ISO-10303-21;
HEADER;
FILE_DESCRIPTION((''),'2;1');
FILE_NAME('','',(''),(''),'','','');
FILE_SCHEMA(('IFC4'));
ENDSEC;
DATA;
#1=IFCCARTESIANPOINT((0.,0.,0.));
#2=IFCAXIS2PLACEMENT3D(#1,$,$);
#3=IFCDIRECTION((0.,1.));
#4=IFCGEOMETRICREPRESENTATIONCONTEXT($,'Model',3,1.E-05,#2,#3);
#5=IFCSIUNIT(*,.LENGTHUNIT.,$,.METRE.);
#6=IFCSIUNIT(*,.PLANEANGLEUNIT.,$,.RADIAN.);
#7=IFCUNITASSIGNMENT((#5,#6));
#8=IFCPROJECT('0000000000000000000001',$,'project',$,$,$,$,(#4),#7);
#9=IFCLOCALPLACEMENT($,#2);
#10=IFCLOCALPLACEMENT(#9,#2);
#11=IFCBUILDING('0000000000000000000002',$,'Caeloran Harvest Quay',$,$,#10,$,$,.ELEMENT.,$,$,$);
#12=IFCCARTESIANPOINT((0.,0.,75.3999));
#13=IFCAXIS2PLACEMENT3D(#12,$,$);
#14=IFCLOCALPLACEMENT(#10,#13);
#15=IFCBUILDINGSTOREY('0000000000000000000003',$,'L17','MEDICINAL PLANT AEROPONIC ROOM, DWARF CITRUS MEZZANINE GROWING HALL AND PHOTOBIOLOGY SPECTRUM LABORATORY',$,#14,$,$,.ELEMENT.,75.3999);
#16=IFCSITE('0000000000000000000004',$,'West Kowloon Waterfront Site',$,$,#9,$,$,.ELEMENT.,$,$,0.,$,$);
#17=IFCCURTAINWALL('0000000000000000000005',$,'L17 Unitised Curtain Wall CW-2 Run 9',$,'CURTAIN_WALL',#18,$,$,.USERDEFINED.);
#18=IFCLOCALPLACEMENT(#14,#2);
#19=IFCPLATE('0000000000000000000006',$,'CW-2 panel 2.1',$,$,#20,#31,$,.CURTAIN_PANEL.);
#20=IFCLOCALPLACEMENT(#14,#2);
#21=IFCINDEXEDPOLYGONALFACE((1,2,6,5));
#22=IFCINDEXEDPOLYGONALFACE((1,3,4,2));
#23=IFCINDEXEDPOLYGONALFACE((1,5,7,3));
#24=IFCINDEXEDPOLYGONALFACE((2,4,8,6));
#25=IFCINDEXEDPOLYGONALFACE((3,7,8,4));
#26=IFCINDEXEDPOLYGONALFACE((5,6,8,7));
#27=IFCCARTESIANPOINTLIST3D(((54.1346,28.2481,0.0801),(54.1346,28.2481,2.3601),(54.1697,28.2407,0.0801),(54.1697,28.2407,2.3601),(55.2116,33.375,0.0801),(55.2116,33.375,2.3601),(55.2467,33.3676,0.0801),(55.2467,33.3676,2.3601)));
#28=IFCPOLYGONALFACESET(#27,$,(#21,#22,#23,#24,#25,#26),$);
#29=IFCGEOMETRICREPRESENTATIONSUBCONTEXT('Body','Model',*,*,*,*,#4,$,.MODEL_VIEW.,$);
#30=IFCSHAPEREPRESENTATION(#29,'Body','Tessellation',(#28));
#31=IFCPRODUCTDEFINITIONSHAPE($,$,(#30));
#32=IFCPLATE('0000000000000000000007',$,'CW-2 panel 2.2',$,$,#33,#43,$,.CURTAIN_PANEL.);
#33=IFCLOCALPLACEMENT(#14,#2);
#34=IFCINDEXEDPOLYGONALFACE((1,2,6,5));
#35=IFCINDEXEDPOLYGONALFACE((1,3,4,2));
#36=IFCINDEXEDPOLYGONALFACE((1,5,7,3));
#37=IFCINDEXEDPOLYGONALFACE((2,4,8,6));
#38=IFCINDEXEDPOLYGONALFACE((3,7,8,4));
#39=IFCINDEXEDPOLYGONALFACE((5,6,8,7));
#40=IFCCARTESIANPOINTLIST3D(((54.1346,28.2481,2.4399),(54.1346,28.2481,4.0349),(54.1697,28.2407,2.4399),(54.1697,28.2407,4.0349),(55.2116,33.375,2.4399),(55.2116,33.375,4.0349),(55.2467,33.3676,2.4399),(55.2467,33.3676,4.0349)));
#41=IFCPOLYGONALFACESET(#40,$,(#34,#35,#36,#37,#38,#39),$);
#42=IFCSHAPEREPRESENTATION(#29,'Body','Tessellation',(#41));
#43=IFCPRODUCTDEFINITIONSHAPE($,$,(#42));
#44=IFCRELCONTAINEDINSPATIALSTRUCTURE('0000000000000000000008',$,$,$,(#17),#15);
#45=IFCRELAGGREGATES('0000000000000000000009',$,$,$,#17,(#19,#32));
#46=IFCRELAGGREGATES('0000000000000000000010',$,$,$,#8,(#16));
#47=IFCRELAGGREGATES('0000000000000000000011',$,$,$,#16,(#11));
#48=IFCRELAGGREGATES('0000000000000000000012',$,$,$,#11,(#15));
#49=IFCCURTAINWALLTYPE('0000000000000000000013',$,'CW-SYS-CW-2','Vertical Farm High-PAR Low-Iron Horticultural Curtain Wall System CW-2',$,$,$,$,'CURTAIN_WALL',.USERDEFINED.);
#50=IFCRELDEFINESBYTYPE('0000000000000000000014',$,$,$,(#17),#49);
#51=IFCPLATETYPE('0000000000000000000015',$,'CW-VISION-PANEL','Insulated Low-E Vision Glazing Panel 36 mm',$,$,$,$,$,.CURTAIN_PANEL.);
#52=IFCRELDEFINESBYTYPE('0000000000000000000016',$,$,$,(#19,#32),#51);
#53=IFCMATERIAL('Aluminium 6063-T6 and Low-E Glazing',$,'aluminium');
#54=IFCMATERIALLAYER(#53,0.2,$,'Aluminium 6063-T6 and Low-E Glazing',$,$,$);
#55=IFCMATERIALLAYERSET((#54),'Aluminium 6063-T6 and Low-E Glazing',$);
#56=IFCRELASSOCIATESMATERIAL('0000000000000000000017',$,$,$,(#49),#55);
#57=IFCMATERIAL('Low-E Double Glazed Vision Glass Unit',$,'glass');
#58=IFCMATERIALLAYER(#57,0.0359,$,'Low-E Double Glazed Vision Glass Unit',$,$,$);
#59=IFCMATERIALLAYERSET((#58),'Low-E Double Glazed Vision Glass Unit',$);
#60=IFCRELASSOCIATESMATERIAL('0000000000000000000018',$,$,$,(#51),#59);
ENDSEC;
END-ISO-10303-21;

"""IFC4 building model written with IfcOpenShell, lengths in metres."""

from ifc_helpers import new_model, si_unit, direction, frame, origin, origin_2d, place, context, subcontext, project, spatial, rectangle, extrude, material, layer, layer_set, type_object, element, aggregate, save


model = new_model("IFC4")

# Units and contexts
model_context = context("Model", 3, precision=1e-05, world=origin(), true_north=direction((0.0, 1.0)))
body_context = subcontext(model_context, "Body", "Model", "MODEL_VIEW")
ifc_project = project(units=[si_unit("LENGTHUNIT", "METRE"), si_unit("PLANEANGLEUNIT", "RADIAN")], contexts=[model_context])

# Site, building, storey
site_placement = place(None, origin())
site = spatial("IfcSite", under=ifc_project, at=site_placement, Name="West Kowloon Waterfront Site", CompositionType="ELEMENT", RefElevation=0.0)
building_placement = place(site_placement, origin())
building = spatial("IfcBuilding", under=site, at=building_placement, Name="Caeloran Harvest Quay", CompositionType="ELEMENT")
storey_placement = place(building_placement, frame((0.0, 0.0, 75.3999)))
storey = spatial("IfcBuildingStorey", under=building, at=storey_placement, Name="L17", Description="MEDICINAL PLANT AEROPONIC ROOM, DWARF CITRUS MEZZANINE GROWING HALL AND PHOTOBIOLOGY SPECTRUM LABORATORY", CompositionType="ELEMENT", Elevation=75.3999)

# Curtain wall, plates
ifc_material_1 = material(Name="Aluminium 6063-T6 and Low-E Glazing", Category="aluminium")
ifc_layer_1 = layer(ifc_material_1, 0.2, Name="Aluminium 6063-T6 and Low-E Glazing")
ifc_layer_set_1 = layer_set([ifc_layer_1], Name="Aluminium 6063-T6 and Low-E Glazing")
curtain_wall_type = type_object("IfcCurtainWallType", Name="CW-SYS-CW-2", Description="Vertical Farm High-PAR Low-Iron Horticultural Curtain Wall System CW-2", ElementType="CURTAIN_WALL", PredefinedType="USERDEFINED", material=ifc_layer_set_1)
curtain_wall_placement = place(storey_placement, origin())
curtain_wall = element("IfcCurtainWall", 1, at=curtain_wall_placement, inside=storey, type_object=curtain_wall_type, Name="L17 Unitised Curtain Wall CW-2 Run 9", ObjectType="CURTAIN_WALL", PredefinedType="USERDEFINED")
ifc_material_2 = material(Name="Low-E Double Glazed Vision Glass Unit", Category="glass")
ifc_layer_2 = layer(ifc_material_2, 0.0359, Name="Low-E Double Glazed Vision Glass Unit")
ifc_layer_set_2 = layer_set([ifc_layer_2], Name="Low-E Double Glazed Vision Glass Unit")
plate_type = type_object("IfcPlateType", Name="CW-VISION-PANEL", Description="Insulated Low-E Vision Glazing Panel 36 mm", PredefinedType="CURTAIN_PANEL", material=ifc_layer_set_2)
plate_1_placement = place(storey_placement, frame((54.6907, 30.8079, 0.0801), z_axis=(0.0, 0.0, 1.0), x_axis=(-0.205583, -0.97864, 0.0)))
plate_1 = element("IfcPlate", 2, at=plate_1_placement, type_object=plate_type, Name="CW-2 panel 2.1", PredefinedType="CURTAIN_PANEL", context=body_context, shape_type="SweptSolid", body=[
    extrude(rectangle(XDim=5.2388, YDim=0.0359, at=origin_2d()), origin(), (0.0, 0.0, 1.0), 2.28),
])
plate_2_placement = place(storey_placement, frame((54.6907, 30.8079, 2.4399), z_axis=(0.0, 0.0, 1.0), x_axis=(-0.205583, -0.97864, 0.0)))
plate_2 = element("IfcPlate", 3, at=plate_2_placement, type_object=plate_type, Name="CW-2 panel 2.2", PredefinedType="CURTAIN_PANEL", context=body_context, shape_type="SweptSolid", body=[
    extrude(rectangle(XDim=5.2388, YDim=0.0359, at=origin_2d()), origin(), (0.0, 0.0, 1.0), 1.595),
])
aggregate(curtain_wall, [plate_1, plate_2])

save(model, "model.ifc")
